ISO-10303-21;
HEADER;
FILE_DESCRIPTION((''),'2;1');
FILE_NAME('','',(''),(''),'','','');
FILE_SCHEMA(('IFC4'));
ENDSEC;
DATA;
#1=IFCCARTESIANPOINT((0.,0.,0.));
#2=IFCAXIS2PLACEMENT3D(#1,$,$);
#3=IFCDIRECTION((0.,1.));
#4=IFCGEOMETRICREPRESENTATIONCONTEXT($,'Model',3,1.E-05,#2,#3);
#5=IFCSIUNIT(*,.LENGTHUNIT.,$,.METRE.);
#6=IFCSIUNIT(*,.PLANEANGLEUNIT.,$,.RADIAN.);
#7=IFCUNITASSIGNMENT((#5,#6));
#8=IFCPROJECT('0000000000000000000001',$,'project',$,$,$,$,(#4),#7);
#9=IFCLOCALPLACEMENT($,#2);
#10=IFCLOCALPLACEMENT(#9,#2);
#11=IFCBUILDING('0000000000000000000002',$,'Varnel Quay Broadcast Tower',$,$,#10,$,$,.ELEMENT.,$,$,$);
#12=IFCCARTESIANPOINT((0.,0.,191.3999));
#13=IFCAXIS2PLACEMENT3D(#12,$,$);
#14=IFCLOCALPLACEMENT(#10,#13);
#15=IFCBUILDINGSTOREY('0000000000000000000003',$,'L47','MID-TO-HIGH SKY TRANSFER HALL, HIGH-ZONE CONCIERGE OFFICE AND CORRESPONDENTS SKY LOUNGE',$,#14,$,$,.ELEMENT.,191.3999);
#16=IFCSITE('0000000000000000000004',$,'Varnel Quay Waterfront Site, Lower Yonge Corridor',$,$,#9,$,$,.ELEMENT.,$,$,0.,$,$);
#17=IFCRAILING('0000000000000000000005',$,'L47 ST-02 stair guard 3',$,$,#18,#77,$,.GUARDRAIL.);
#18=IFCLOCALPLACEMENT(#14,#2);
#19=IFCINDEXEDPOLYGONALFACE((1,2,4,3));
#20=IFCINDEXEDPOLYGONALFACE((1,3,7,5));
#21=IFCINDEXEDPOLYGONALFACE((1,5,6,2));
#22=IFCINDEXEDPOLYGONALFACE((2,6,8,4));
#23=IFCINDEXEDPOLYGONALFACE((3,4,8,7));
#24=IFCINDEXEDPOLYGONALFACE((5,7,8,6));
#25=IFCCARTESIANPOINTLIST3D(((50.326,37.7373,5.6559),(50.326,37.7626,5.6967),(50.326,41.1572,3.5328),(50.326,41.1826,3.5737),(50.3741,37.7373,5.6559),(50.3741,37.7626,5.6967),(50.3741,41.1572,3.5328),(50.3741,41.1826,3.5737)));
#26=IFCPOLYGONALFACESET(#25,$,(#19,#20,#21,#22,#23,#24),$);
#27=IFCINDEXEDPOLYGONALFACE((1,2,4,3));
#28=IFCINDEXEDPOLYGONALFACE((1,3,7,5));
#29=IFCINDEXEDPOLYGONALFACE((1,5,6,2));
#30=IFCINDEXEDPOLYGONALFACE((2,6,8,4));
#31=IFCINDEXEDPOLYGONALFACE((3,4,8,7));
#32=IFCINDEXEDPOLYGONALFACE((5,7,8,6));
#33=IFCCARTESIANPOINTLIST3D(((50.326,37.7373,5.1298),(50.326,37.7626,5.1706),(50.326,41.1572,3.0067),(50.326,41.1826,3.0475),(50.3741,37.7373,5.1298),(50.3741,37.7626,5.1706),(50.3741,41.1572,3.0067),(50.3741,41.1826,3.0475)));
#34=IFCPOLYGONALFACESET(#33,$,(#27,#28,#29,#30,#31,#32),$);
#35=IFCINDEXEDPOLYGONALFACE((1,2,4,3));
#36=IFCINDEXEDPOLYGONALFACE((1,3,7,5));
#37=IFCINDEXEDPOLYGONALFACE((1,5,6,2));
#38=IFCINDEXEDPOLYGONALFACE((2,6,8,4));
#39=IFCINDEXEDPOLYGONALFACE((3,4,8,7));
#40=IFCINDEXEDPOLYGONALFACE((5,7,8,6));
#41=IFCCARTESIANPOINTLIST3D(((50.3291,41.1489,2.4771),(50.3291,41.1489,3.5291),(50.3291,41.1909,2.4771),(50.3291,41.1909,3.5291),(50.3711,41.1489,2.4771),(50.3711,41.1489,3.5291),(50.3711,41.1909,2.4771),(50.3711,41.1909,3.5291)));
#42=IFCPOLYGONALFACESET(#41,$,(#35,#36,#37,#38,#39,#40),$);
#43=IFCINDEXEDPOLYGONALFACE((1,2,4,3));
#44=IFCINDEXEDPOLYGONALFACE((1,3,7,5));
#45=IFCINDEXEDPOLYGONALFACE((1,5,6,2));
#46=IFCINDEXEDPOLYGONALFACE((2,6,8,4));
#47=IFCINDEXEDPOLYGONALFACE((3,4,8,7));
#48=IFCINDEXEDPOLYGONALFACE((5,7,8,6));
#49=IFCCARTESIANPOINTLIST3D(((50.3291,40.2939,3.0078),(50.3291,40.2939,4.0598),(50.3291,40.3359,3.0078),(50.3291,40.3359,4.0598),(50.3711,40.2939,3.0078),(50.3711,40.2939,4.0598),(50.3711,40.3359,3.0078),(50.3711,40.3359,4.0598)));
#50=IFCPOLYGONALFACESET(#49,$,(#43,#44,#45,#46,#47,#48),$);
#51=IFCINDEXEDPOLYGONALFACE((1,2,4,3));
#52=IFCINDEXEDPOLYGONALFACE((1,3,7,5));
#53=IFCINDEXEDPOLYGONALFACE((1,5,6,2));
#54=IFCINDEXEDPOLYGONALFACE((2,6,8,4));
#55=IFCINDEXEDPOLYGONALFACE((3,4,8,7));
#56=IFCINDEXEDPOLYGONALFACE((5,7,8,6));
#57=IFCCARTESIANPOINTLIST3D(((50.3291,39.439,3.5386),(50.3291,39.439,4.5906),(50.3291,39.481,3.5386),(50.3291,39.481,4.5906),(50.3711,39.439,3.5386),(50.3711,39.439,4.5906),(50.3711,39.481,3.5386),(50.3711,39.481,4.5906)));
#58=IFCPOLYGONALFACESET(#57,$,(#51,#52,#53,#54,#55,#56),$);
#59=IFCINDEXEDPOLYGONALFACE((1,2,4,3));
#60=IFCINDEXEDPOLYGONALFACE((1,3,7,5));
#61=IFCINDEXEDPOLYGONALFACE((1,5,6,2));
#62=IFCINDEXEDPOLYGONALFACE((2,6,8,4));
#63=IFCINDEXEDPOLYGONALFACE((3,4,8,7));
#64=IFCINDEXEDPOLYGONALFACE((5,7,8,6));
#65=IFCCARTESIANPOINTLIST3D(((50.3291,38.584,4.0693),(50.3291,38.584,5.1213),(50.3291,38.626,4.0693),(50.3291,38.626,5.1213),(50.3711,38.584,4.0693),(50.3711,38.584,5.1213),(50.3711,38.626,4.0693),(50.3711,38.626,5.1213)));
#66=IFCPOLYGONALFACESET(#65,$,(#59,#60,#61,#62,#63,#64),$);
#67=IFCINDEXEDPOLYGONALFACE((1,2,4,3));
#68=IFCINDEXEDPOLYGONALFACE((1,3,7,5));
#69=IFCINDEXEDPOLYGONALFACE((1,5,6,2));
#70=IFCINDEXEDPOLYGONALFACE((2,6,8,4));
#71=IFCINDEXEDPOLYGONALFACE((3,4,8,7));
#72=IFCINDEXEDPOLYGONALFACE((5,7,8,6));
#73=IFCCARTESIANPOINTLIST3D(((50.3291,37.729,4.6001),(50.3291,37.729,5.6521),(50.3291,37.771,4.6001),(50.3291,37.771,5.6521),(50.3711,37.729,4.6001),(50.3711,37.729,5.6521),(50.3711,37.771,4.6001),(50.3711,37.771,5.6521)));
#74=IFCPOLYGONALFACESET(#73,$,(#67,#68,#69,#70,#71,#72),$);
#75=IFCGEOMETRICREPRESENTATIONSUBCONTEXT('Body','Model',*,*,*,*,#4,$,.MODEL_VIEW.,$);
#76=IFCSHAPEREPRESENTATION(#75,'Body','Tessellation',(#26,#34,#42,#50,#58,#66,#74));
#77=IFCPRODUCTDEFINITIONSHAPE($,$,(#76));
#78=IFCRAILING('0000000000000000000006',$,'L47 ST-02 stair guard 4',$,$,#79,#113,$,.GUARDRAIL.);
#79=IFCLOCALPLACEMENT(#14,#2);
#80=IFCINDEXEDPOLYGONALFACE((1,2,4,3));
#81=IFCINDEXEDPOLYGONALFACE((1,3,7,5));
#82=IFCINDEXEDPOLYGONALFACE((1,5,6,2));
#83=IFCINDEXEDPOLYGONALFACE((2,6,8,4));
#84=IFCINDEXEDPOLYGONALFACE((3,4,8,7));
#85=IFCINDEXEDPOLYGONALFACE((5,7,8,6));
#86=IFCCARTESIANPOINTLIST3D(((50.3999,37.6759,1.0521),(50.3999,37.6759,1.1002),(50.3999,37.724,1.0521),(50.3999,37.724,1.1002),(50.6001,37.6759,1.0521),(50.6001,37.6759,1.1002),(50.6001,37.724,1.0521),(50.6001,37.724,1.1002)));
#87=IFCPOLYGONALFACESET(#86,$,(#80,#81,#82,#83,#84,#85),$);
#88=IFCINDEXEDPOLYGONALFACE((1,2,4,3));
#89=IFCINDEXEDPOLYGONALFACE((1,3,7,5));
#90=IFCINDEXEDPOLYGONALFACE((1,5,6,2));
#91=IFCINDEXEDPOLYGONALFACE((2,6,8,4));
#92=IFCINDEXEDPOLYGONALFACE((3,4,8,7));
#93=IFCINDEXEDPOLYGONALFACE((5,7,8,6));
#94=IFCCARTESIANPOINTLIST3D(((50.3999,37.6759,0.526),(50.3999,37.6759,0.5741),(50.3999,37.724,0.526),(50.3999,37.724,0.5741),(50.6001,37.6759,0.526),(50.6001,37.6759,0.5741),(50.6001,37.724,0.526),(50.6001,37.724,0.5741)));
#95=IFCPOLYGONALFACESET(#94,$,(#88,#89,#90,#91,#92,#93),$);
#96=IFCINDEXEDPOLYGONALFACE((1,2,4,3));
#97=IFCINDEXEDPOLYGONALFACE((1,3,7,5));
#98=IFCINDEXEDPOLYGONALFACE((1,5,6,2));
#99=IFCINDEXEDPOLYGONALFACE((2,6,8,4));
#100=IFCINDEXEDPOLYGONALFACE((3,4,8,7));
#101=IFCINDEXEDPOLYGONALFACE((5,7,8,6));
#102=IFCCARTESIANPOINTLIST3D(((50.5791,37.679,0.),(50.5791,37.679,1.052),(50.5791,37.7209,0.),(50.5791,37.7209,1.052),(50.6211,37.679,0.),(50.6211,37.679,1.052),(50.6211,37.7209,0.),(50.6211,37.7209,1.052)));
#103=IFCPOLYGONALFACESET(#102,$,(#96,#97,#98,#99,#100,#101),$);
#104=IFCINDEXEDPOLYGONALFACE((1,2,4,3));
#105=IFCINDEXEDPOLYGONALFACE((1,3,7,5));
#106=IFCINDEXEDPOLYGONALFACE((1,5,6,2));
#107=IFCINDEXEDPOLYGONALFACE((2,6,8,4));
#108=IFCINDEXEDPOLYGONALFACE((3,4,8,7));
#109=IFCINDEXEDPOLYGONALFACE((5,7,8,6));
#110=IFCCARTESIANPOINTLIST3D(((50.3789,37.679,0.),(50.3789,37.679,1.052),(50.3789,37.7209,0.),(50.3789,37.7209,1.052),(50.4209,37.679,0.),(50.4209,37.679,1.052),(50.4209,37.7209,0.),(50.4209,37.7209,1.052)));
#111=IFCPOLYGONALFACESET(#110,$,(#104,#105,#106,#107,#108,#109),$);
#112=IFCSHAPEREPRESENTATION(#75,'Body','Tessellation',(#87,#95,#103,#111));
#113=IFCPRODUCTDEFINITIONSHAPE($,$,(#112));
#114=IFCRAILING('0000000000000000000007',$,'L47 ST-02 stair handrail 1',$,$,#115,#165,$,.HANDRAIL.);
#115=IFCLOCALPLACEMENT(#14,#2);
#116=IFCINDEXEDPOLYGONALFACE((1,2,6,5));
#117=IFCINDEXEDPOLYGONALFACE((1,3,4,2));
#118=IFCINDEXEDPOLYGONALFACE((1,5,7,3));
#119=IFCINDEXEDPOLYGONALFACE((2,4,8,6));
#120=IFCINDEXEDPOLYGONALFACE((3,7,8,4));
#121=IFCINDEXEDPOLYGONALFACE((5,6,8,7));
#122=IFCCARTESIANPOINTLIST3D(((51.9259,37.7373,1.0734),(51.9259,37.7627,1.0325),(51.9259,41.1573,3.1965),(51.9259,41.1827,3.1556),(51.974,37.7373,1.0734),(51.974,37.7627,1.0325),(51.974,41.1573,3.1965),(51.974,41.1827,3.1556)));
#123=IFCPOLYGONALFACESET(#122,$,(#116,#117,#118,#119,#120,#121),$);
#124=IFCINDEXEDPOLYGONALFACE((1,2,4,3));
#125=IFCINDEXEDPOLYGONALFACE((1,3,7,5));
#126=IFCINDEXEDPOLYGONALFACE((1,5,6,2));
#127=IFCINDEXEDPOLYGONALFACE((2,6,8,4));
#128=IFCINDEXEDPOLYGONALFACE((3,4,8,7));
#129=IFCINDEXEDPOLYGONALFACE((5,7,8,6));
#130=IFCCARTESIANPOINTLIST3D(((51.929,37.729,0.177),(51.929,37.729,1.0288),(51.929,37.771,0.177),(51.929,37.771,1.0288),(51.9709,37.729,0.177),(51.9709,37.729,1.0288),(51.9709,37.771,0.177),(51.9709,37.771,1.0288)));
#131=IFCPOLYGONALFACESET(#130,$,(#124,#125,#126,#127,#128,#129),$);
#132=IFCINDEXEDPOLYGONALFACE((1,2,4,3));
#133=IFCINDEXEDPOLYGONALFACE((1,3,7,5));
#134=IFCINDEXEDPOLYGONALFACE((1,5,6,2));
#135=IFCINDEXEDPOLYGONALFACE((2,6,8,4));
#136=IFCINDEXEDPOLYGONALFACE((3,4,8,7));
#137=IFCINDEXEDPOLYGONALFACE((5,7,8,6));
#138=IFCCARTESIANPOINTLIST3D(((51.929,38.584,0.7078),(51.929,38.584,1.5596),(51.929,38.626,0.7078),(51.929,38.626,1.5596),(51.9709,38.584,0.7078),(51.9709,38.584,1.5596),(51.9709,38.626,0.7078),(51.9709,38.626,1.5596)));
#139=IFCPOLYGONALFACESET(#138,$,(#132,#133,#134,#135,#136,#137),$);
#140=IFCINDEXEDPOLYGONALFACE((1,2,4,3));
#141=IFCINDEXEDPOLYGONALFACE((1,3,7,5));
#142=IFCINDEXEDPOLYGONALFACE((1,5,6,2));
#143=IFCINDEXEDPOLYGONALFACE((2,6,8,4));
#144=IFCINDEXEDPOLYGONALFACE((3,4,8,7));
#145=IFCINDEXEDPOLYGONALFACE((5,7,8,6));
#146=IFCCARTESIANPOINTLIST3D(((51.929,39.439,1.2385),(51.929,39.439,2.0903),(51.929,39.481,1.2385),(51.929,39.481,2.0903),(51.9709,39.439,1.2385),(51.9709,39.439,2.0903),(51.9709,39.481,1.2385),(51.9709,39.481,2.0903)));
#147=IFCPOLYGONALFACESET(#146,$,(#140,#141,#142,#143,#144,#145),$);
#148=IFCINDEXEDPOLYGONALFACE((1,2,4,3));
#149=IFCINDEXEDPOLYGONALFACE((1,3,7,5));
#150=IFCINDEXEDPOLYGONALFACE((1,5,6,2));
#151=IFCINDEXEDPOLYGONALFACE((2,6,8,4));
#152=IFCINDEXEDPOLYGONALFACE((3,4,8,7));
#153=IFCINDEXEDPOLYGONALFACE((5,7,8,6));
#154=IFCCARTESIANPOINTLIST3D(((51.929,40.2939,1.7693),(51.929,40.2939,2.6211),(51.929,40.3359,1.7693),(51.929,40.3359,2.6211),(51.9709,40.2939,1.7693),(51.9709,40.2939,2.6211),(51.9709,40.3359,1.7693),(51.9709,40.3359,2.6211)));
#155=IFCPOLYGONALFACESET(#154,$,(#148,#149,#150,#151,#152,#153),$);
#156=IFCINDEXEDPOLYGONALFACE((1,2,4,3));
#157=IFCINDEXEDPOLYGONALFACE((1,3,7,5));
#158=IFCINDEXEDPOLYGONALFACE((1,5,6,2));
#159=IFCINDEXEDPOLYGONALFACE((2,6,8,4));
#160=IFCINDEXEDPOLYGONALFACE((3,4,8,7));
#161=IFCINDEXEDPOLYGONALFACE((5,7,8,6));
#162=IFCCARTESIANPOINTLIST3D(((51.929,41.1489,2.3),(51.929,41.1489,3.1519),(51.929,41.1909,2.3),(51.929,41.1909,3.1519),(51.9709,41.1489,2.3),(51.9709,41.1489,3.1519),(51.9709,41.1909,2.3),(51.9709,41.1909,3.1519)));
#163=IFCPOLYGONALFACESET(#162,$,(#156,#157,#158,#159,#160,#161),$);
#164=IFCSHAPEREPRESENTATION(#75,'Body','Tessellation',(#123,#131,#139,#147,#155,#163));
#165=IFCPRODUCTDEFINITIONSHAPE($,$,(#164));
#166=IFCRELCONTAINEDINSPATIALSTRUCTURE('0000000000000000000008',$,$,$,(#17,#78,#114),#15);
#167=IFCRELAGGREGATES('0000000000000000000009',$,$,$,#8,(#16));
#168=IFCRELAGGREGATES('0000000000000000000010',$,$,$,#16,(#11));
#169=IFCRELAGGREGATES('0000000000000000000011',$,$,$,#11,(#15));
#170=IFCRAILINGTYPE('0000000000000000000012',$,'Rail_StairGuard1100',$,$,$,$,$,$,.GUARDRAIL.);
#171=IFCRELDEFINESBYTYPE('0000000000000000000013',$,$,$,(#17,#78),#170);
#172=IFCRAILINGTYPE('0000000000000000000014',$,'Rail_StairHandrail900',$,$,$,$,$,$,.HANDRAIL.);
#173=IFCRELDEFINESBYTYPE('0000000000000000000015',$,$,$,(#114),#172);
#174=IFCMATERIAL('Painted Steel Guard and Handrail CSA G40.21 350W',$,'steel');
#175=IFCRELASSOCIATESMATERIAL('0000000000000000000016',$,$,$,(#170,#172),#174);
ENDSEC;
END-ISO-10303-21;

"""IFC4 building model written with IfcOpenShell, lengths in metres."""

from ifc_helpers import new_model, si_unit, direction, frame, origin, origin_2d, place, context, subcontext, project, spatial, rectangle, extrude, material, type_object, element, save


model = new_model("IFC4")

# Units and contexts
model_context = context("Model", 3, precision=1e-05, world=origin(), true_north=direction((0.0, 1.0)))
body_context = subcontext(model_context, "Body", "Model", "MODEL_VIEW")
ifc_project = project(units=[si_unit("LENGTHUNIT", "METRE"), si_unit("PLANEANGLEUNIT", "RADIAN")], contexts=[model_context])

# Site, building, storey
site_placement = place(None, origin())
site = spatial("IfcSite", under=ifc_project, at=site_placement, Name="Varnel Quay Waterfront Site, Lower Yonge Corridor", CompositionType="ELEMENT", RefElevation=0.0)
building_placement = place(site_placement, origin())
building = spatial("IfcBuilding", under=site, at=building_placement, Name="Varnel Quay Broadcast Tower", CompositionType="ELEMENT")
storey_placement = place(building_placement, frame((0.0, 0.0, 191.3999)))
storey = spatial("IfcBuildingStorey", under=building, at=storey_placement, Name="L47", Description="MID-TO-HIGH SKY TRANSFER HALL, HIGH-ZONE CONCIERGE OFFICE AND CORRESPONDENTS SKY LOUNGE", CompositionType="ELEMENT", Elevation=191.3999)

# Railings
ifc_material_1 = material(Name="Painted Steel Guard and Handrail CSA G40.21 350W", Category="steel")
railing_type_1 = type_object("IfcRailingType", Name="Rail_StairGuard1100", PredefinedType="GUARDRAIL", material=ifc_material_1)
railing_1_placement = place(storey_placement, frame((50.3501, 41.1699, 2.4771)))
element("IfcRailing", 1, at=railing_1_placement, inside=storey, type_object=railing_type_1, Name="L47 ST-02 stair guard 3", PredefinedType="GUARDRAIL", context=body_context, shape_type="SweptSolid", body=[
    extrude(rectangle(XDim=0.0481, YDim=0.0481, at=origin_2d()), frame((0.0, 0.0, 1.0762), z_axis=(0.0, -0.849603, 0.527423), x_axis=(1.0, 0.0, 0.0)), (0.0, 0.0, 1.0), 4.0254),
    extrude(rectangle(XDim=0.0481, YDim=0.0481, at=origin_2d()), frame((0.0, 0.0, 0.55), z_axis=(0.0, -0.849603, 0.527423), x_axis=(1.0, 0.0, 0.0)), (0.0, 0.0, 1.0), 4.0254),
    extrude(rectangle(XDim=0.042, YDim=0.042, at=origin_2d()), origin(), (0.0, 0.0, 1.0), 1.052),
    extrude(rectangle(XDim=0.042, YDim=0.042, at=origin_2d()), frame((0.0, -0.855, 0.5308)), (0.0, 0.0, 1.0), 1.052),
    extrude(rectangle(XDim=0.042, YDim=0.042, at=origin_2d()), frame((0.0, -1.71, 1.0615)), (0.0, 0.0, 1.0), 1.052),
    extrude(rectangle(XDim=0.042, YDim=0.042, at=origin_2d()), frame((0.0, -2.5649, 1.5923)), (0.0, 0.0, 1.0), 1.052),
    extrude(rectangle(XDim=0.042, YDim=0.042, at=origin_2d()), frame((0.0, -3.4199, 2.123)), (0.0, 0.0, 1.0), 1.052),
])
railing_2_placement = place(storey_placement, frame((50.6001, 37.7, 0.0)))
element("IfcRailing", 2, at=railing_2_placement, inside=storey, type_object=railing_type_1, Name="L47 ST-02 stair guard 4", PredefinedType="GUARDRAIL", context=body_context, shape_type="SweptSolid", body=[
    extrude(rectangle(XDim=0.0481, YDim=0.0481, at=origin_2d()), frame((0.0, 0.0, 1.0762), z_axis=(-1.0, 0.0, 0.0), x_axis=(0.0, -1.0, 0.0)), (0.0, 0.0, 1.0), 0.2002),
    extrude(rectangle(XDim=0.0481, YDim=0.0481, at=origin_2d()), frame((0.0, 0.0, 0.55), z_axis=(-1.0, 0.0, 0.0), x_axis=(0.0, -1.0, 0.0)), (0.0, 0.0, 1.0), 0.2002),
    extrude(rectangle(XDim=0.042, YDim=0.042, at=origin_2d()), origin(), (0.0, 0.0, 1.0), 1.052),
    extrude(rectangle(XDim=0.042, YDim=0.042, at=origin_2d()), frame((-0.2002, 0.0, 0.0)), (0.0, 0.0, 1.0), 1.052),
])
railing_type_2 = type_object("IfcRailingType", Name="Rail_StairHandrail900", PredefinedType="HANDRAIL", material=ifc_material_1)
railing_3_placement = place(storey_placement, frame((51.95, 37.75, 0.177)))
element("IfcRailing", 3, at=railing_3_placement, inside=storey, type_object=railing_type_2, Name="L47 ST-02 stair handrail 1", PredefinedType="HANDRAIL", context=body_context, shape_type="SweptSolid", body=[
    extrude(rectangle(XDim=0.0481, YDim=0.0481, at=origin_2d()), frame((0.0, 0.0, 0.876), z_axis=(0.0, 0.849603, 0.527423), x_axis=(-1.0, 0.0, 0.0)), (0.0, 0.0, 1.0), 4.0254),
    extrude(rectangle(XDim=0.042, YDim=0.042, at=origin_2d()), origin(), (0.0, 0.0, 1.0), 0.8518),
    extrude(rectangle(XDim=0.042, YDim=0.042, at=origin_2d()), frame((0.0, 0.855, 0.5308)), (0.0, 0.0, 1.0), 0.8518),
    extrude(rectangle(XDim=0.042, YDim=0.042, at=origin_2d()), frame((0.0, 1.71, 1.0615)), (0.0, 0.0, 1.0), 0.8518),
    extrude(rectangle(XDim=0.042, YDim=0.042, at=origin_2d()), frame((0.0, 2.5649, 1.5923)), (0.0, 0.0, 1.0), 0.8518),
    extrude(rectangle(XDim=0.042, YDim=0.042, at=origin_2d()), frame((0.0, 3.4199, 2.123)), (0.0, 0.0, 1.0), 0.8518),
])

save(model, "model.ifc")
